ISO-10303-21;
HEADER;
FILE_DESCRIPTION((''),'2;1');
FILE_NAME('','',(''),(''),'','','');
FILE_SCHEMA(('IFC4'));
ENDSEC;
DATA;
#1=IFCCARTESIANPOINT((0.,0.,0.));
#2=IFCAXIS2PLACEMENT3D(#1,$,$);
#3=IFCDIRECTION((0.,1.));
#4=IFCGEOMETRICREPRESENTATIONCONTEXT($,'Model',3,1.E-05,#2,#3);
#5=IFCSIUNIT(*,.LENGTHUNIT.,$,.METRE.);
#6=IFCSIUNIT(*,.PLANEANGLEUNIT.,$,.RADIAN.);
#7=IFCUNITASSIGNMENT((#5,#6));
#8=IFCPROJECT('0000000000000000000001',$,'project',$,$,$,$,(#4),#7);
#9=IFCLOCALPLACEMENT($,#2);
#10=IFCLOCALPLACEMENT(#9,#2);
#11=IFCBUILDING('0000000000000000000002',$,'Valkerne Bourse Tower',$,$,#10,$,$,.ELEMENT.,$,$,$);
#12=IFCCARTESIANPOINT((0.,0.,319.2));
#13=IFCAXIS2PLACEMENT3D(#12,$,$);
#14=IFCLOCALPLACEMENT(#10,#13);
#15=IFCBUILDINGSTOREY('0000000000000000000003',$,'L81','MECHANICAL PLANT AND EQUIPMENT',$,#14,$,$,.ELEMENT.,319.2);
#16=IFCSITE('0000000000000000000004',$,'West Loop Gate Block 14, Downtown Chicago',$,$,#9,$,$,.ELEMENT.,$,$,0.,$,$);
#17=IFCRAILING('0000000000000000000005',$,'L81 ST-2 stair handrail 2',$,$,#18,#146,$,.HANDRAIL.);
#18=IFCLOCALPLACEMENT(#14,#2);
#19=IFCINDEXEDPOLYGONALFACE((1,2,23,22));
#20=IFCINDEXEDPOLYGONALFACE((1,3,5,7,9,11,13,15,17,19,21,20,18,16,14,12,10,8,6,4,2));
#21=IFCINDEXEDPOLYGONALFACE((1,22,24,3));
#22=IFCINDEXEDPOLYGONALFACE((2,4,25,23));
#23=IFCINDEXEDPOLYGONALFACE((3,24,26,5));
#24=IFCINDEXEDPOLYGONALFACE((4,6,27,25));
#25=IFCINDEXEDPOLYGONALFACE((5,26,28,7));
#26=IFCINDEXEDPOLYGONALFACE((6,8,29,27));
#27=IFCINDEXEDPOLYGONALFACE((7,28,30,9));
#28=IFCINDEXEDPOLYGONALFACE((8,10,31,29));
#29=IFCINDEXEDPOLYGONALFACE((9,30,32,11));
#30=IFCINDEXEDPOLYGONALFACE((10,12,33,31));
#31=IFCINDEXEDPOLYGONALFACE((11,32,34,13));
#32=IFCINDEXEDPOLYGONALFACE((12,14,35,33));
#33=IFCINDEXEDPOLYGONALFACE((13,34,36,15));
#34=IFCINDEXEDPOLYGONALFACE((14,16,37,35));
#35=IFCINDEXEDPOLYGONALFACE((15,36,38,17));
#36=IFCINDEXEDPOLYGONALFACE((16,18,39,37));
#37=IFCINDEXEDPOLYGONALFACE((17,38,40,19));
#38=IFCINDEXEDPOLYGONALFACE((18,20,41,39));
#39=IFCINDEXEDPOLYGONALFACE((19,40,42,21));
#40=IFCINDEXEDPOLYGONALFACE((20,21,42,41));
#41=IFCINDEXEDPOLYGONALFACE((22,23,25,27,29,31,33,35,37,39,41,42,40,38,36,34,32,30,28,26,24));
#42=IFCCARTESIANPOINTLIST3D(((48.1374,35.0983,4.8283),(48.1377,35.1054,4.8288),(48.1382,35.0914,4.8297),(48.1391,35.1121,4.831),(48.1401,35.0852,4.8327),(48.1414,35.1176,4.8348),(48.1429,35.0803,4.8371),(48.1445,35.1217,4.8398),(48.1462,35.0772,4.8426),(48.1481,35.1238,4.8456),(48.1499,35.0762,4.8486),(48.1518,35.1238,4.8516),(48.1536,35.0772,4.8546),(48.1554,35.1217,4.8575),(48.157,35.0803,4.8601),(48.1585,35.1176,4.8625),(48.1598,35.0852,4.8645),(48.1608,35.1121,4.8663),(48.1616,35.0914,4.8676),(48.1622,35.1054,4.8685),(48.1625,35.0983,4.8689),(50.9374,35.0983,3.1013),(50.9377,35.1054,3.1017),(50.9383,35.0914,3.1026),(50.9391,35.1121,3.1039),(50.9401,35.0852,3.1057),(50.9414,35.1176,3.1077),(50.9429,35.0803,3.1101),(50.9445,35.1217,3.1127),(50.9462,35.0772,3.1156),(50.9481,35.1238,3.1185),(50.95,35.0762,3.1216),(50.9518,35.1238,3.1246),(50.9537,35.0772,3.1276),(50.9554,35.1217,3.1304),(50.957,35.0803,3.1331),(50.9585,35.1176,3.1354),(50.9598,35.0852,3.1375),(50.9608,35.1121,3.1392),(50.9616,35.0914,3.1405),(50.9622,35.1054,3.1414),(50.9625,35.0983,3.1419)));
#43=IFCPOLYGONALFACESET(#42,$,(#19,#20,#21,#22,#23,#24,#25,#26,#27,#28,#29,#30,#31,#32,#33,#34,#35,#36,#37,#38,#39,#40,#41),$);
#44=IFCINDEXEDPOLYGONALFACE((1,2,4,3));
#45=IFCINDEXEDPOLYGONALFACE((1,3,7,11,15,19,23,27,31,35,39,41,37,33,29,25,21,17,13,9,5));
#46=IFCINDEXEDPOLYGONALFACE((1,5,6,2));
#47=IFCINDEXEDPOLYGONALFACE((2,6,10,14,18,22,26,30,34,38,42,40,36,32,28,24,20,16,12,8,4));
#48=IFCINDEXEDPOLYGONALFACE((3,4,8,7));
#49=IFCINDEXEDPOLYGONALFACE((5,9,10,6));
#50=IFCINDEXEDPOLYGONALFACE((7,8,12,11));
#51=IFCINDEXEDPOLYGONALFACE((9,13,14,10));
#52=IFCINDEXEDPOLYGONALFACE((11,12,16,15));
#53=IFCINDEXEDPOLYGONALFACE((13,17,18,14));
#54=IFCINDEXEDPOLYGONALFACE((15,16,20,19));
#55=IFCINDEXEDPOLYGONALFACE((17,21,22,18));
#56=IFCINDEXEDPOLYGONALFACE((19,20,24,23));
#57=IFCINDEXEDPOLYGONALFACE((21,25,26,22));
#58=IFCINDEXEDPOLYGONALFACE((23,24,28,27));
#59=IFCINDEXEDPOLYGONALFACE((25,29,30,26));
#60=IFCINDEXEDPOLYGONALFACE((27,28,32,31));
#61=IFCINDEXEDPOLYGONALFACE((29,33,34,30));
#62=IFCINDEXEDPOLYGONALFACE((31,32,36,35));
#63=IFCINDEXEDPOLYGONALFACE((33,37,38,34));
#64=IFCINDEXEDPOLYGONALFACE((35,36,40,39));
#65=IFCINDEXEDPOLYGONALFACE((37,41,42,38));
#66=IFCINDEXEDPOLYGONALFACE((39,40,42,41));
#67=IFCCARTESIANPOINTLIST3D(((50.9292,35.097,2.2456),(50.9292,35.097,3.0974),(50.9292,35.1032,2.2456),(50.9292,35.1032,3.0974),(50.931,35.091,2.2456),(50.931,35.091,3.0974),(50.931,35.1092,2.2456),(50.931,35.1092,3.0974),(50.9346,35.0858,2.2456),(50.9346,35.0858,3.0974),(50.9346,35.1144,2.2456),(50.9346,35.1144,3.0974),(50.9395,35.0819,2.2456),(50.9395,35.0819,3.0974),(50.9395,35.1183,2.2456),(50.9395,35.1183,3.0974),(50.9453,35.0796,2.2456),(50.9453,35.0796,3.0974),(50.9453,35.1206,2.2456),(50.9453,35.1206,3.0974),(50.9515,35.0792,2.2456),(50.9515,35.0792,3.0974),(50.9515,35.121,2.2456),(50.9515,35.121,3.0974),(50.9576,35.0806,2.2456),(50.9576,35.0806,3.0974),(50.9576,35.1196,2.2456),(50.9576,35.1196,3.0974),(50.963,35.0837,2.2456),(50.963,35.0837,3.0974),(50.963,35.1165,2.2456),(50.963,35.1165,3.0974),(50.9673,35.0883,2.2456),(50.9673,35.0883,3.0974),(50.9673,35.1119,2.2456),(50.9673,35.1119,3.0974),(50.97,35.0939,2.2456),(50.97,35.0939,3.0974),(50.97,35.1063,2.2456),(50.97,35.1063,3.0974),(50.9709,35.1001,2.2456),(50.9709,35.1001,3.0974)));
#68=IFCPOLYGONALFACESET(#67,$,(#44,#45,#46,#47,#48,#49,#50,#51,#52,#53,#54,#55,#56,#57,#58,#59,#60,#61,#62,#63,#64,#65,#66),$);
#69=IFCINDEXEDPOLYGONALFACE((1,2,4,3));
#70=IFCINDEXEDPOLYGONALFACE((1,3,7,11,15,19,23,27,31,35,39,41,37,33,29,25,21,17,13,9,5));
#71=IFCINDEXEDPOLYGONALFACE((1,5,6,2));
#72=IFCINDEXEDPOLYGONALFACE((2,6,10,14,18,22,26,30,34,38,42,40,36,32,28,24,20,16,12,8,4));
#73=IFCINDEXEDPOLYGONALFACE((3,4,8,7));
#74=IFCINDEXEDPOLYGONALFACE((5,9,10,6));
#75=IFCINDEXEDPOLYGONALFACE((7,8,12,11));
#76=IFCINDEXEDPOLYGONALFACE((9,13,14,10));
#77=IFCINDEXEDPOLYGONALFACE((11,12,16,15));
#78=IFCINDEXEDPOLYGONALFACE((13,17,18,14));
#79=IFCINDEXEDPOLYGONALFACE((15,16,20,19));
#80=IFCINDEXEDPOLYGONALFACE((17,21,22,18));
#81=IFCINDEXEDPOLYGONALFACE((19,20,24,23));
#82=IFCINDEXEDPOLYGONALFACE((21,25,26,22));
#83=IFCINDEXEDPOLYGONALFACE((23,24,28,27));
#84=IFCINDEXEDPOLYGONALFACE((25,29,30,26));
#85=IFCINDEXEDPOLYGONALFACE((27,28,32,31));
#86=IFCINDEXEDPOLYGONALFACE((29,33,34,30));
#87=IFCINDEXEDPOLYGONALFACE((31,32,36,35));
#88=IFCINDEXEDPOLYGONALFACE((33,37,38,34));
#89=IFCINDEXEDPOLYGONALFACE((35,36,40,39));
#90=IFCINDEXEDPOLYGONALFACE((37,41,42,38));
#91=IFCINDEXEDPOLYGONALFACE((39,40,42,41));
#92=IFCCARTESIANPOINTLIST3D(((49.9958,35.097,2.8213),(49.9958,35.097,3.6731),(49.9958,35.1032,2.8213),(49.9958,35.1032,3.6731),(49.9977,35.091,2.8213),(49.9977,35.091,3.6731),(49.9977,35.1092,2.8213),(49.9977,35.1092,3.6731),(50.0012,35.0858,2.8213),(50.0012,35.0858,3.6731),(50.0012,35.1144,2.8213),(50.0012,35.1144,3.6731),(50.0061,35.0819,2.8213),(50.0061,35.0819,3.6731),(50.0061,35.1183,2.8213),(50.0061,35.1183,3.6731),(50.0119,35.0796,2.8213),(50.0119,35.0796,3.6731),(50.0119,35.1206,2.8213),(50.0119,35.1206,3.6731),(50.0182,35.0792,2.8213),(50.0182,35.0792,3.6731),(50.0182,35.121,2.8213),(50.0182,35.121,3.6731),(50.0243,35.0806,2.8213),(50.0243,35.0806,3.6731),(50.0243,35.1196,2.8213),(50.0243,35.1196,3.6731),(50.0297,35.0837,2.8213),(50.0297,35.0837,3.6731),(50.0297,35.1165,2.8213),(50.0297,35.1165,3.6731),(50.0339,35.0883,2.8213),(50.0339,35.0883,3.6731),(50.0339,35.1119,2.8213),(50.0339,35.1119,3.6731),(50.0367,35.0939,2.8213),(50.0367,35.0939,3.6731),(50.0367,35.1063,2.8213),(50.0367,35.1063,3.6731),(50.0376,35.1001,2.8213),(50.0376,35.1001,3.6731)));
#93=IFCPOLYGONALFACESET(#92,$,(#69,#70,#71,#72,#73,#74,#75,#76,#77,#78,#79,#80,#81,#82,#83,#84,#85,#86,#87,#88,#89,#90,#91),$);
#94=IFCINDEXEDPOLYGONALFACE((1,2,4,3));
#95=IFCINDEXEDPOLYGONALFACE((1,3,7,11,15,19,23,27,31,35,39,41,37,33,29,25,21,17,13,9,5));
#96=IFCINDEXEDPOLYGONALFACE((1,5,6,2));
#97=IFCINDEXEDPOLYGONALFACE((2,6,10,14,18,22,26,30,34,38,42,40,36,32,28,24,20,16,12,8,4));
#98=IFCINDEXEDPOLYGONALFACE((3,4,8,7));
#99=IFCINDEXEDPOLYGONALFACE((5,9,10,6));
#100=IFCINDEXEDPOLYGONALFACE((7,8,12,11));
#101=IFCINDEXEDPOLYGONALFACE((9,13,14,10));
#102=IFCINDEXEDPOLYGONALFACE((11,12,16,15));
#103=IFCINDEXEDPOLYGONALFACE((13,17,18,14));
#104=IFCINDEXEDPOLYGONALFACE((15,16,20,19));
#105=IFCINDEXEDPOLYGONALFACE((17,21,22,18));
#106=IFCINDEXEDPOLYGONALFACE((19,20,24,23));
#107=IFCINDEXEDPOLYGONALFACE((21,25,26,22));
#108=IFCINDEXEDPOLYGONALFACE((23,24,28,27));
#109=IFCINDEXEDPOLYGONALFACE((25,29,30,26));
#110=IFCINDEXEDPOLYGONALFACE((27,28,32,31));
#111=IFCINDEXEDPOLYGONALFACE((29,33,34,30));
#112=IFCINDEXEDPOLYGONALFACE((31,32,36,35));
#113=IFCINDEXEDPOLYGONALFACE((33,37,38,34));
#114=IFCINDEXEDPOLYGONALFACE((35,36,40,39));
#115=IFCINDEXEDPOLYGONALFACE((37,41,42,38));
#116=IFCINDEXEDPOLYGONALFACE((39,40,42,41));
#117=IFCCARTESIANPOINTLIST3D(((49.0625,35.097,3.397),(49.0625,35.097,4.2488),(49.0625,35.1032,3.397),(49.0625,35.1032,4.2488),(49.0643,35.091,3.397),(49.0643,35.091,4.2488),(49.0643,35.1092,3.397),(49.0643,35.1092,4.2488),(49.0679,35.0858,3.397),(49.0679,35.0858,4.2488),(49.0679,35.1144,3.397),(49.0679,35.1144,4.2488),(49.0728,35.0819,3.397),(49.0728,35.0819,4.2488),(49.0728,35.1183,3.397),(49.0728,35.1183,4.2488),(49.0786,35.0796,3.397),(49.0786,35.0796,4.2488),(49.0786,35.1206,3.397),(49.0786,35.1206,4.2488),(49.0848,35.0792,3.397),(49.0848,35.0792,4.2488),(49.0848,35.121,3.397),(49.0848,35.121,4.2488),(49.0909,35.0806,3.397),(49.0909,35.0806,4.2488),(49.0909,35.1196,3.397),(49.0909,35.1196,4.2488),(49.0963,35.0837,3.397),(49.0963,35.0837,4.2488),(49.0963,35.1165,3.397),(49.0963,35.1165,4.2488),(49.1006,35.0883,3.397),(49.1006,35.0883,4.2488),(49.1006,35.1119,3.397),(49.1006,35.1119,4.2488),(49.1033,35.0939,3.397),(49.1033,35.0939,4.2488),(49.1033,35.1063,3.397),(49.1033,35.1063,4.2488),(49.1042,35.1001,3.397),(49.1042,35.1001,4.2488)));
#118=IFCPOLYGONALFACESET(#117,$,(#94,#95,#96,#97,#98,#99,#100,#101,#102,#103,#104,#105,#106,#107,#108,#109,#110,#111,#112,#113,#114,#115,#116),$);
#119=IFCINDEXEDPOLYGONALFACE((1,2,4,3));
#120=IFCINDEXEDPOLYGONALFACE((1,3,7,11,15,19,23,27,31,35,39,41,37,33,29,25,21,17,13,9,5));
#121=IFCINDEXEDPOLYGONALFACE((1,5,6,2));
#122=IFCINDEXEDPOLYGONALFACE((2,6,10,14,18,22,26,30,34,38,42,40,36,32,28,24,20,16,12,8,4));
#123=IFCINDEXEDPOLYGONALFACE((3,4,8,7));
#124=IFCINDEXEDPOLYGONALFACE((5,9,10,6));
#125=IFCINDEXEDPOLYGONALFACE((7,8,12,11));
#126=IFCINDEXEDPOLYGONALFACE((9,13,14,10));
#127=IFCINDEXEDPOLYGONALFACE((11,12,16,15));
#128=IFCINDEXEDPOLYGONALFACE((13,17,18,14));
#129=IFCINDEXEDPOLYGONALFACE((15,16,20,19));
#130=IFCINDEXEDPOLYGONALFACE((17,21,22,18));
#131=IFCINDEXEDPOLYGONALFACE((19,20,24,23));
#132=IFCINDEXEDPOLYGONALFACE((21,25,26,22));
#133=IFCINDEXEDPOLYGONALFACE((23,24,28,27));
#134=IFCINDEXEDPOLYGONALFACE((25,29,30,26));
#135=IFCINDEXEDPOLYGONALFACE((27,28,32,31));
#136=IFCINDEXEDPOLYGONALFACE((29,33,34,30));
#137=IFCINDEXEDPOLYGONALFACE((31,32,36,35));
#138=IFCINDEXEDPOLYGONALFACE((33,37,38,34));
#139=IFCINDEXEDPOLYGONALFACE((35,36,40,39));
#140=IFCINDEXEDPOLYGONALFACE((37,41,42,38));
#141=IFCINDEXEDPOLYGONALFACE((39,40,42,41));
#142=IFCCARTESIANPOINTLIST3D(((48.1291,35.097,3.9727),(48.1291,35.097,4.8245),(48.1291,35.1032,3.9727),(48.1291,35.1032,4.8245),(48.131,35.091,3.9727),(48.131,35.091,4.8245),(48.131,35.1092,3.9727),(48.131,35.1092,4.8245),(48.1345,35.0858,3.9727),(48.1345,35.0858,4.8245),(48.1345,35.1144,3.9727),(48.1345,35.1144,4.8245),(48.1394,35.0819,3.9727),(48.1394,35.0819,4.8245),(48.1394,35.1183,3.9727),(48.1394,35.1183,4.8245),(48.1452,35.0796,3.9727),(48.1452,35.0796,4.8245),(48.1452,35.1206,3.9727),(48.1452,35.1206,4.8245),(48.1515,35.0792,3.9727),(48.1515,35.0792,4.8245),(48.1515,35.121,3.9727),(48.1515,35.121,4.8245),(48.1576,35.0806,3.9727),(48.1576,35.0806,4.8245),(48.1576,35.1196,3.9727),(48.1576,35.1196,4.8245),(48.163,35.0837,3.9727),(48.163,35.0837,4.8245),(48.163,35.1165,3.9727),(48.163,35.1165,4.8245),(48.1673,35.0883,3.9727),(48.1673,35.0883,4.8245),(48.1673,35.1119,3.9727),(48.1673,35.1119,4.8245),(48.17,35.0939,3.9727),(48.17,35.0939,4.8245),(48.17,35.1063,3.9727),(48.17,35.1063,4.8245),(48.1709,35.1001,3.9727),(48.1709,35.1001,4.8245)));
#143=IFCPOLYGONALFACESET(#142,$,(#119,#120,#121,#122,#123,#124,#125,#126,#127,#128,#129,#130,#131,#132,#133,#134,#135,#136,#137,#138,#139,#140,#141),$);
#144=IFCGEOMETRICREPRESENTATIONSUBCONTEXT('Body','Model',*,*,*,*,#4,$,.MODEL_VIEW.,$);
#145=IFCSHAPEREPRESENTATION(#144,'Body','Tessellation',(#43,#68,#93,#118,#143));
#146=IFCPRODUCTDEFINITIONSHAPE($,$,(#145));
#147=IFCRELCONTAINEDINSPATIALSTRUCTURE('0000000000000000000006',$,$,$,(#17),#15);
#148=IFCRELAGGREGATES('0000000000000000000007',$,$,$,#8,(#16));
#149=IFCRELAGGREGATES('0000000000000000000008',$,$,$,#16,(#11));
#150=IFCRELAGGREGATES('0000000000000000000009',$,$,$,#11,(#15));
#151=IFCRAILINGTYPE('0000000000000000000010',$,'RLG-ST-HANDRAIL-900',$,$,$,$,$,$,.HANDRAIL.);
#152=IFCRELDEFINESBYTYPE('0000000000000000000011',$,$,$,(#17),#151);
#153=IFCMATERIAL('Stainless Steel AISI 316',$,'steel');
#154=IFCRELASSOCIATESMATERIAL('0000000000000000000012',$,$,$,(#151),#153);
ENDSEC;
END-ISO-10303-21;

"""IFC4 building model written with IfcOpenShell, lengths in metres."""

from ifc_helpers import new_model, si_unit, direction, frame, origin, origin_2d, place, context, subcontext, project, spatial, circle, extrude, material, type_object, element, save


model = new_model("IFC4")

# Units and contexts
model_context = context("Model", 3, precision=1e-05, world=origin(), true_north=direction((0.0, 1.0)))
body_context = subcontext(model_context, "Body", "Model", "MODEL_VIEW")
ifc_project = project(units=[si_unit("LENGTHUNIT", "METRE"), si_unit("PLANEANGLEUNIT", "RADIAN")], contexts=[model_context])

# Site, building, storey
site_placement = place(None, origin())
site = spatial("IfcSite", under=ifc_project, at=site_placement, Name="West Loop Gate Block 14, Downtown Chicago", CompositionType="ELEMENT", RefElevation=0.0)
building_placement = place(site_placement, origin())
building = spatial("IfcBuilding", under=site, at=building_placement, Name="Valkerne Bourse Tower", CompositionType="ELEMENT")
storey_placement = place(building_placement, frame((0.0, 0.0, 319.2)))
storey = spatial("IfcBuildingStorey", under=building, at=storey_placement, Name="L81", Description="MECHANICAL PLANT AND EQUIPMENT", CompositionType="ELEMENT", Elevation=319.2)

# Shared definitions
ifc_material_1 = material(Name="Stainless Steel AISI 316", Category="steel")

# Railing
railing_type_1 = type_object("IfcRailingType", Name="RLG-ST-HANDRAIL-900", PredefinedType="HANDRAIL", material=ifc_material_1)
railing_1_placement = place(storey_placement, frame((50.95, 35.1001, 2.2456)))
element("IfcRailing", 1, at=railing_1_placement, inside=storey, type_object=railing_type_1, Name="L81 ST-2 stair handrail 2", PredefinedType="HANDRAIL", context=body_context, shape_type="SweptSolid", body=[
    extrude(circle(Radius=0.0239, at=origin_2d()), frame((0.0, 0.0, 0.876), z_axis=(-0.851123, 0.0, 0.524967), x_axis=(0.0, -1.0, 0.0)), (0.0, 0.0, 1.0), 3.2898),
    extrude(circle(Radius=0.021, at=origin_2d()), origin(), (0.0, 0.0, 1.0), 0.8518),
    extrude(circle(Radius=0.021, at=origin_2d()), frame((-0.9333, 0.0, 0.5757)), (0.0, 0.0, 1.0), 0.8518),
    extrude(circle(Radius=0.021, at=origin_2d()), frame((-1.8667, 0.0, 1.1514)), (0.0, 0.0, 1.0), 0.8518),
    extrude(circle(Radius=0.021, at=origin_2d()), frame((-2.8, 0.0, 1.7271)), (0.0, 0.0, 1.0), 0.8518),
])

save(model, "model.ifc")
